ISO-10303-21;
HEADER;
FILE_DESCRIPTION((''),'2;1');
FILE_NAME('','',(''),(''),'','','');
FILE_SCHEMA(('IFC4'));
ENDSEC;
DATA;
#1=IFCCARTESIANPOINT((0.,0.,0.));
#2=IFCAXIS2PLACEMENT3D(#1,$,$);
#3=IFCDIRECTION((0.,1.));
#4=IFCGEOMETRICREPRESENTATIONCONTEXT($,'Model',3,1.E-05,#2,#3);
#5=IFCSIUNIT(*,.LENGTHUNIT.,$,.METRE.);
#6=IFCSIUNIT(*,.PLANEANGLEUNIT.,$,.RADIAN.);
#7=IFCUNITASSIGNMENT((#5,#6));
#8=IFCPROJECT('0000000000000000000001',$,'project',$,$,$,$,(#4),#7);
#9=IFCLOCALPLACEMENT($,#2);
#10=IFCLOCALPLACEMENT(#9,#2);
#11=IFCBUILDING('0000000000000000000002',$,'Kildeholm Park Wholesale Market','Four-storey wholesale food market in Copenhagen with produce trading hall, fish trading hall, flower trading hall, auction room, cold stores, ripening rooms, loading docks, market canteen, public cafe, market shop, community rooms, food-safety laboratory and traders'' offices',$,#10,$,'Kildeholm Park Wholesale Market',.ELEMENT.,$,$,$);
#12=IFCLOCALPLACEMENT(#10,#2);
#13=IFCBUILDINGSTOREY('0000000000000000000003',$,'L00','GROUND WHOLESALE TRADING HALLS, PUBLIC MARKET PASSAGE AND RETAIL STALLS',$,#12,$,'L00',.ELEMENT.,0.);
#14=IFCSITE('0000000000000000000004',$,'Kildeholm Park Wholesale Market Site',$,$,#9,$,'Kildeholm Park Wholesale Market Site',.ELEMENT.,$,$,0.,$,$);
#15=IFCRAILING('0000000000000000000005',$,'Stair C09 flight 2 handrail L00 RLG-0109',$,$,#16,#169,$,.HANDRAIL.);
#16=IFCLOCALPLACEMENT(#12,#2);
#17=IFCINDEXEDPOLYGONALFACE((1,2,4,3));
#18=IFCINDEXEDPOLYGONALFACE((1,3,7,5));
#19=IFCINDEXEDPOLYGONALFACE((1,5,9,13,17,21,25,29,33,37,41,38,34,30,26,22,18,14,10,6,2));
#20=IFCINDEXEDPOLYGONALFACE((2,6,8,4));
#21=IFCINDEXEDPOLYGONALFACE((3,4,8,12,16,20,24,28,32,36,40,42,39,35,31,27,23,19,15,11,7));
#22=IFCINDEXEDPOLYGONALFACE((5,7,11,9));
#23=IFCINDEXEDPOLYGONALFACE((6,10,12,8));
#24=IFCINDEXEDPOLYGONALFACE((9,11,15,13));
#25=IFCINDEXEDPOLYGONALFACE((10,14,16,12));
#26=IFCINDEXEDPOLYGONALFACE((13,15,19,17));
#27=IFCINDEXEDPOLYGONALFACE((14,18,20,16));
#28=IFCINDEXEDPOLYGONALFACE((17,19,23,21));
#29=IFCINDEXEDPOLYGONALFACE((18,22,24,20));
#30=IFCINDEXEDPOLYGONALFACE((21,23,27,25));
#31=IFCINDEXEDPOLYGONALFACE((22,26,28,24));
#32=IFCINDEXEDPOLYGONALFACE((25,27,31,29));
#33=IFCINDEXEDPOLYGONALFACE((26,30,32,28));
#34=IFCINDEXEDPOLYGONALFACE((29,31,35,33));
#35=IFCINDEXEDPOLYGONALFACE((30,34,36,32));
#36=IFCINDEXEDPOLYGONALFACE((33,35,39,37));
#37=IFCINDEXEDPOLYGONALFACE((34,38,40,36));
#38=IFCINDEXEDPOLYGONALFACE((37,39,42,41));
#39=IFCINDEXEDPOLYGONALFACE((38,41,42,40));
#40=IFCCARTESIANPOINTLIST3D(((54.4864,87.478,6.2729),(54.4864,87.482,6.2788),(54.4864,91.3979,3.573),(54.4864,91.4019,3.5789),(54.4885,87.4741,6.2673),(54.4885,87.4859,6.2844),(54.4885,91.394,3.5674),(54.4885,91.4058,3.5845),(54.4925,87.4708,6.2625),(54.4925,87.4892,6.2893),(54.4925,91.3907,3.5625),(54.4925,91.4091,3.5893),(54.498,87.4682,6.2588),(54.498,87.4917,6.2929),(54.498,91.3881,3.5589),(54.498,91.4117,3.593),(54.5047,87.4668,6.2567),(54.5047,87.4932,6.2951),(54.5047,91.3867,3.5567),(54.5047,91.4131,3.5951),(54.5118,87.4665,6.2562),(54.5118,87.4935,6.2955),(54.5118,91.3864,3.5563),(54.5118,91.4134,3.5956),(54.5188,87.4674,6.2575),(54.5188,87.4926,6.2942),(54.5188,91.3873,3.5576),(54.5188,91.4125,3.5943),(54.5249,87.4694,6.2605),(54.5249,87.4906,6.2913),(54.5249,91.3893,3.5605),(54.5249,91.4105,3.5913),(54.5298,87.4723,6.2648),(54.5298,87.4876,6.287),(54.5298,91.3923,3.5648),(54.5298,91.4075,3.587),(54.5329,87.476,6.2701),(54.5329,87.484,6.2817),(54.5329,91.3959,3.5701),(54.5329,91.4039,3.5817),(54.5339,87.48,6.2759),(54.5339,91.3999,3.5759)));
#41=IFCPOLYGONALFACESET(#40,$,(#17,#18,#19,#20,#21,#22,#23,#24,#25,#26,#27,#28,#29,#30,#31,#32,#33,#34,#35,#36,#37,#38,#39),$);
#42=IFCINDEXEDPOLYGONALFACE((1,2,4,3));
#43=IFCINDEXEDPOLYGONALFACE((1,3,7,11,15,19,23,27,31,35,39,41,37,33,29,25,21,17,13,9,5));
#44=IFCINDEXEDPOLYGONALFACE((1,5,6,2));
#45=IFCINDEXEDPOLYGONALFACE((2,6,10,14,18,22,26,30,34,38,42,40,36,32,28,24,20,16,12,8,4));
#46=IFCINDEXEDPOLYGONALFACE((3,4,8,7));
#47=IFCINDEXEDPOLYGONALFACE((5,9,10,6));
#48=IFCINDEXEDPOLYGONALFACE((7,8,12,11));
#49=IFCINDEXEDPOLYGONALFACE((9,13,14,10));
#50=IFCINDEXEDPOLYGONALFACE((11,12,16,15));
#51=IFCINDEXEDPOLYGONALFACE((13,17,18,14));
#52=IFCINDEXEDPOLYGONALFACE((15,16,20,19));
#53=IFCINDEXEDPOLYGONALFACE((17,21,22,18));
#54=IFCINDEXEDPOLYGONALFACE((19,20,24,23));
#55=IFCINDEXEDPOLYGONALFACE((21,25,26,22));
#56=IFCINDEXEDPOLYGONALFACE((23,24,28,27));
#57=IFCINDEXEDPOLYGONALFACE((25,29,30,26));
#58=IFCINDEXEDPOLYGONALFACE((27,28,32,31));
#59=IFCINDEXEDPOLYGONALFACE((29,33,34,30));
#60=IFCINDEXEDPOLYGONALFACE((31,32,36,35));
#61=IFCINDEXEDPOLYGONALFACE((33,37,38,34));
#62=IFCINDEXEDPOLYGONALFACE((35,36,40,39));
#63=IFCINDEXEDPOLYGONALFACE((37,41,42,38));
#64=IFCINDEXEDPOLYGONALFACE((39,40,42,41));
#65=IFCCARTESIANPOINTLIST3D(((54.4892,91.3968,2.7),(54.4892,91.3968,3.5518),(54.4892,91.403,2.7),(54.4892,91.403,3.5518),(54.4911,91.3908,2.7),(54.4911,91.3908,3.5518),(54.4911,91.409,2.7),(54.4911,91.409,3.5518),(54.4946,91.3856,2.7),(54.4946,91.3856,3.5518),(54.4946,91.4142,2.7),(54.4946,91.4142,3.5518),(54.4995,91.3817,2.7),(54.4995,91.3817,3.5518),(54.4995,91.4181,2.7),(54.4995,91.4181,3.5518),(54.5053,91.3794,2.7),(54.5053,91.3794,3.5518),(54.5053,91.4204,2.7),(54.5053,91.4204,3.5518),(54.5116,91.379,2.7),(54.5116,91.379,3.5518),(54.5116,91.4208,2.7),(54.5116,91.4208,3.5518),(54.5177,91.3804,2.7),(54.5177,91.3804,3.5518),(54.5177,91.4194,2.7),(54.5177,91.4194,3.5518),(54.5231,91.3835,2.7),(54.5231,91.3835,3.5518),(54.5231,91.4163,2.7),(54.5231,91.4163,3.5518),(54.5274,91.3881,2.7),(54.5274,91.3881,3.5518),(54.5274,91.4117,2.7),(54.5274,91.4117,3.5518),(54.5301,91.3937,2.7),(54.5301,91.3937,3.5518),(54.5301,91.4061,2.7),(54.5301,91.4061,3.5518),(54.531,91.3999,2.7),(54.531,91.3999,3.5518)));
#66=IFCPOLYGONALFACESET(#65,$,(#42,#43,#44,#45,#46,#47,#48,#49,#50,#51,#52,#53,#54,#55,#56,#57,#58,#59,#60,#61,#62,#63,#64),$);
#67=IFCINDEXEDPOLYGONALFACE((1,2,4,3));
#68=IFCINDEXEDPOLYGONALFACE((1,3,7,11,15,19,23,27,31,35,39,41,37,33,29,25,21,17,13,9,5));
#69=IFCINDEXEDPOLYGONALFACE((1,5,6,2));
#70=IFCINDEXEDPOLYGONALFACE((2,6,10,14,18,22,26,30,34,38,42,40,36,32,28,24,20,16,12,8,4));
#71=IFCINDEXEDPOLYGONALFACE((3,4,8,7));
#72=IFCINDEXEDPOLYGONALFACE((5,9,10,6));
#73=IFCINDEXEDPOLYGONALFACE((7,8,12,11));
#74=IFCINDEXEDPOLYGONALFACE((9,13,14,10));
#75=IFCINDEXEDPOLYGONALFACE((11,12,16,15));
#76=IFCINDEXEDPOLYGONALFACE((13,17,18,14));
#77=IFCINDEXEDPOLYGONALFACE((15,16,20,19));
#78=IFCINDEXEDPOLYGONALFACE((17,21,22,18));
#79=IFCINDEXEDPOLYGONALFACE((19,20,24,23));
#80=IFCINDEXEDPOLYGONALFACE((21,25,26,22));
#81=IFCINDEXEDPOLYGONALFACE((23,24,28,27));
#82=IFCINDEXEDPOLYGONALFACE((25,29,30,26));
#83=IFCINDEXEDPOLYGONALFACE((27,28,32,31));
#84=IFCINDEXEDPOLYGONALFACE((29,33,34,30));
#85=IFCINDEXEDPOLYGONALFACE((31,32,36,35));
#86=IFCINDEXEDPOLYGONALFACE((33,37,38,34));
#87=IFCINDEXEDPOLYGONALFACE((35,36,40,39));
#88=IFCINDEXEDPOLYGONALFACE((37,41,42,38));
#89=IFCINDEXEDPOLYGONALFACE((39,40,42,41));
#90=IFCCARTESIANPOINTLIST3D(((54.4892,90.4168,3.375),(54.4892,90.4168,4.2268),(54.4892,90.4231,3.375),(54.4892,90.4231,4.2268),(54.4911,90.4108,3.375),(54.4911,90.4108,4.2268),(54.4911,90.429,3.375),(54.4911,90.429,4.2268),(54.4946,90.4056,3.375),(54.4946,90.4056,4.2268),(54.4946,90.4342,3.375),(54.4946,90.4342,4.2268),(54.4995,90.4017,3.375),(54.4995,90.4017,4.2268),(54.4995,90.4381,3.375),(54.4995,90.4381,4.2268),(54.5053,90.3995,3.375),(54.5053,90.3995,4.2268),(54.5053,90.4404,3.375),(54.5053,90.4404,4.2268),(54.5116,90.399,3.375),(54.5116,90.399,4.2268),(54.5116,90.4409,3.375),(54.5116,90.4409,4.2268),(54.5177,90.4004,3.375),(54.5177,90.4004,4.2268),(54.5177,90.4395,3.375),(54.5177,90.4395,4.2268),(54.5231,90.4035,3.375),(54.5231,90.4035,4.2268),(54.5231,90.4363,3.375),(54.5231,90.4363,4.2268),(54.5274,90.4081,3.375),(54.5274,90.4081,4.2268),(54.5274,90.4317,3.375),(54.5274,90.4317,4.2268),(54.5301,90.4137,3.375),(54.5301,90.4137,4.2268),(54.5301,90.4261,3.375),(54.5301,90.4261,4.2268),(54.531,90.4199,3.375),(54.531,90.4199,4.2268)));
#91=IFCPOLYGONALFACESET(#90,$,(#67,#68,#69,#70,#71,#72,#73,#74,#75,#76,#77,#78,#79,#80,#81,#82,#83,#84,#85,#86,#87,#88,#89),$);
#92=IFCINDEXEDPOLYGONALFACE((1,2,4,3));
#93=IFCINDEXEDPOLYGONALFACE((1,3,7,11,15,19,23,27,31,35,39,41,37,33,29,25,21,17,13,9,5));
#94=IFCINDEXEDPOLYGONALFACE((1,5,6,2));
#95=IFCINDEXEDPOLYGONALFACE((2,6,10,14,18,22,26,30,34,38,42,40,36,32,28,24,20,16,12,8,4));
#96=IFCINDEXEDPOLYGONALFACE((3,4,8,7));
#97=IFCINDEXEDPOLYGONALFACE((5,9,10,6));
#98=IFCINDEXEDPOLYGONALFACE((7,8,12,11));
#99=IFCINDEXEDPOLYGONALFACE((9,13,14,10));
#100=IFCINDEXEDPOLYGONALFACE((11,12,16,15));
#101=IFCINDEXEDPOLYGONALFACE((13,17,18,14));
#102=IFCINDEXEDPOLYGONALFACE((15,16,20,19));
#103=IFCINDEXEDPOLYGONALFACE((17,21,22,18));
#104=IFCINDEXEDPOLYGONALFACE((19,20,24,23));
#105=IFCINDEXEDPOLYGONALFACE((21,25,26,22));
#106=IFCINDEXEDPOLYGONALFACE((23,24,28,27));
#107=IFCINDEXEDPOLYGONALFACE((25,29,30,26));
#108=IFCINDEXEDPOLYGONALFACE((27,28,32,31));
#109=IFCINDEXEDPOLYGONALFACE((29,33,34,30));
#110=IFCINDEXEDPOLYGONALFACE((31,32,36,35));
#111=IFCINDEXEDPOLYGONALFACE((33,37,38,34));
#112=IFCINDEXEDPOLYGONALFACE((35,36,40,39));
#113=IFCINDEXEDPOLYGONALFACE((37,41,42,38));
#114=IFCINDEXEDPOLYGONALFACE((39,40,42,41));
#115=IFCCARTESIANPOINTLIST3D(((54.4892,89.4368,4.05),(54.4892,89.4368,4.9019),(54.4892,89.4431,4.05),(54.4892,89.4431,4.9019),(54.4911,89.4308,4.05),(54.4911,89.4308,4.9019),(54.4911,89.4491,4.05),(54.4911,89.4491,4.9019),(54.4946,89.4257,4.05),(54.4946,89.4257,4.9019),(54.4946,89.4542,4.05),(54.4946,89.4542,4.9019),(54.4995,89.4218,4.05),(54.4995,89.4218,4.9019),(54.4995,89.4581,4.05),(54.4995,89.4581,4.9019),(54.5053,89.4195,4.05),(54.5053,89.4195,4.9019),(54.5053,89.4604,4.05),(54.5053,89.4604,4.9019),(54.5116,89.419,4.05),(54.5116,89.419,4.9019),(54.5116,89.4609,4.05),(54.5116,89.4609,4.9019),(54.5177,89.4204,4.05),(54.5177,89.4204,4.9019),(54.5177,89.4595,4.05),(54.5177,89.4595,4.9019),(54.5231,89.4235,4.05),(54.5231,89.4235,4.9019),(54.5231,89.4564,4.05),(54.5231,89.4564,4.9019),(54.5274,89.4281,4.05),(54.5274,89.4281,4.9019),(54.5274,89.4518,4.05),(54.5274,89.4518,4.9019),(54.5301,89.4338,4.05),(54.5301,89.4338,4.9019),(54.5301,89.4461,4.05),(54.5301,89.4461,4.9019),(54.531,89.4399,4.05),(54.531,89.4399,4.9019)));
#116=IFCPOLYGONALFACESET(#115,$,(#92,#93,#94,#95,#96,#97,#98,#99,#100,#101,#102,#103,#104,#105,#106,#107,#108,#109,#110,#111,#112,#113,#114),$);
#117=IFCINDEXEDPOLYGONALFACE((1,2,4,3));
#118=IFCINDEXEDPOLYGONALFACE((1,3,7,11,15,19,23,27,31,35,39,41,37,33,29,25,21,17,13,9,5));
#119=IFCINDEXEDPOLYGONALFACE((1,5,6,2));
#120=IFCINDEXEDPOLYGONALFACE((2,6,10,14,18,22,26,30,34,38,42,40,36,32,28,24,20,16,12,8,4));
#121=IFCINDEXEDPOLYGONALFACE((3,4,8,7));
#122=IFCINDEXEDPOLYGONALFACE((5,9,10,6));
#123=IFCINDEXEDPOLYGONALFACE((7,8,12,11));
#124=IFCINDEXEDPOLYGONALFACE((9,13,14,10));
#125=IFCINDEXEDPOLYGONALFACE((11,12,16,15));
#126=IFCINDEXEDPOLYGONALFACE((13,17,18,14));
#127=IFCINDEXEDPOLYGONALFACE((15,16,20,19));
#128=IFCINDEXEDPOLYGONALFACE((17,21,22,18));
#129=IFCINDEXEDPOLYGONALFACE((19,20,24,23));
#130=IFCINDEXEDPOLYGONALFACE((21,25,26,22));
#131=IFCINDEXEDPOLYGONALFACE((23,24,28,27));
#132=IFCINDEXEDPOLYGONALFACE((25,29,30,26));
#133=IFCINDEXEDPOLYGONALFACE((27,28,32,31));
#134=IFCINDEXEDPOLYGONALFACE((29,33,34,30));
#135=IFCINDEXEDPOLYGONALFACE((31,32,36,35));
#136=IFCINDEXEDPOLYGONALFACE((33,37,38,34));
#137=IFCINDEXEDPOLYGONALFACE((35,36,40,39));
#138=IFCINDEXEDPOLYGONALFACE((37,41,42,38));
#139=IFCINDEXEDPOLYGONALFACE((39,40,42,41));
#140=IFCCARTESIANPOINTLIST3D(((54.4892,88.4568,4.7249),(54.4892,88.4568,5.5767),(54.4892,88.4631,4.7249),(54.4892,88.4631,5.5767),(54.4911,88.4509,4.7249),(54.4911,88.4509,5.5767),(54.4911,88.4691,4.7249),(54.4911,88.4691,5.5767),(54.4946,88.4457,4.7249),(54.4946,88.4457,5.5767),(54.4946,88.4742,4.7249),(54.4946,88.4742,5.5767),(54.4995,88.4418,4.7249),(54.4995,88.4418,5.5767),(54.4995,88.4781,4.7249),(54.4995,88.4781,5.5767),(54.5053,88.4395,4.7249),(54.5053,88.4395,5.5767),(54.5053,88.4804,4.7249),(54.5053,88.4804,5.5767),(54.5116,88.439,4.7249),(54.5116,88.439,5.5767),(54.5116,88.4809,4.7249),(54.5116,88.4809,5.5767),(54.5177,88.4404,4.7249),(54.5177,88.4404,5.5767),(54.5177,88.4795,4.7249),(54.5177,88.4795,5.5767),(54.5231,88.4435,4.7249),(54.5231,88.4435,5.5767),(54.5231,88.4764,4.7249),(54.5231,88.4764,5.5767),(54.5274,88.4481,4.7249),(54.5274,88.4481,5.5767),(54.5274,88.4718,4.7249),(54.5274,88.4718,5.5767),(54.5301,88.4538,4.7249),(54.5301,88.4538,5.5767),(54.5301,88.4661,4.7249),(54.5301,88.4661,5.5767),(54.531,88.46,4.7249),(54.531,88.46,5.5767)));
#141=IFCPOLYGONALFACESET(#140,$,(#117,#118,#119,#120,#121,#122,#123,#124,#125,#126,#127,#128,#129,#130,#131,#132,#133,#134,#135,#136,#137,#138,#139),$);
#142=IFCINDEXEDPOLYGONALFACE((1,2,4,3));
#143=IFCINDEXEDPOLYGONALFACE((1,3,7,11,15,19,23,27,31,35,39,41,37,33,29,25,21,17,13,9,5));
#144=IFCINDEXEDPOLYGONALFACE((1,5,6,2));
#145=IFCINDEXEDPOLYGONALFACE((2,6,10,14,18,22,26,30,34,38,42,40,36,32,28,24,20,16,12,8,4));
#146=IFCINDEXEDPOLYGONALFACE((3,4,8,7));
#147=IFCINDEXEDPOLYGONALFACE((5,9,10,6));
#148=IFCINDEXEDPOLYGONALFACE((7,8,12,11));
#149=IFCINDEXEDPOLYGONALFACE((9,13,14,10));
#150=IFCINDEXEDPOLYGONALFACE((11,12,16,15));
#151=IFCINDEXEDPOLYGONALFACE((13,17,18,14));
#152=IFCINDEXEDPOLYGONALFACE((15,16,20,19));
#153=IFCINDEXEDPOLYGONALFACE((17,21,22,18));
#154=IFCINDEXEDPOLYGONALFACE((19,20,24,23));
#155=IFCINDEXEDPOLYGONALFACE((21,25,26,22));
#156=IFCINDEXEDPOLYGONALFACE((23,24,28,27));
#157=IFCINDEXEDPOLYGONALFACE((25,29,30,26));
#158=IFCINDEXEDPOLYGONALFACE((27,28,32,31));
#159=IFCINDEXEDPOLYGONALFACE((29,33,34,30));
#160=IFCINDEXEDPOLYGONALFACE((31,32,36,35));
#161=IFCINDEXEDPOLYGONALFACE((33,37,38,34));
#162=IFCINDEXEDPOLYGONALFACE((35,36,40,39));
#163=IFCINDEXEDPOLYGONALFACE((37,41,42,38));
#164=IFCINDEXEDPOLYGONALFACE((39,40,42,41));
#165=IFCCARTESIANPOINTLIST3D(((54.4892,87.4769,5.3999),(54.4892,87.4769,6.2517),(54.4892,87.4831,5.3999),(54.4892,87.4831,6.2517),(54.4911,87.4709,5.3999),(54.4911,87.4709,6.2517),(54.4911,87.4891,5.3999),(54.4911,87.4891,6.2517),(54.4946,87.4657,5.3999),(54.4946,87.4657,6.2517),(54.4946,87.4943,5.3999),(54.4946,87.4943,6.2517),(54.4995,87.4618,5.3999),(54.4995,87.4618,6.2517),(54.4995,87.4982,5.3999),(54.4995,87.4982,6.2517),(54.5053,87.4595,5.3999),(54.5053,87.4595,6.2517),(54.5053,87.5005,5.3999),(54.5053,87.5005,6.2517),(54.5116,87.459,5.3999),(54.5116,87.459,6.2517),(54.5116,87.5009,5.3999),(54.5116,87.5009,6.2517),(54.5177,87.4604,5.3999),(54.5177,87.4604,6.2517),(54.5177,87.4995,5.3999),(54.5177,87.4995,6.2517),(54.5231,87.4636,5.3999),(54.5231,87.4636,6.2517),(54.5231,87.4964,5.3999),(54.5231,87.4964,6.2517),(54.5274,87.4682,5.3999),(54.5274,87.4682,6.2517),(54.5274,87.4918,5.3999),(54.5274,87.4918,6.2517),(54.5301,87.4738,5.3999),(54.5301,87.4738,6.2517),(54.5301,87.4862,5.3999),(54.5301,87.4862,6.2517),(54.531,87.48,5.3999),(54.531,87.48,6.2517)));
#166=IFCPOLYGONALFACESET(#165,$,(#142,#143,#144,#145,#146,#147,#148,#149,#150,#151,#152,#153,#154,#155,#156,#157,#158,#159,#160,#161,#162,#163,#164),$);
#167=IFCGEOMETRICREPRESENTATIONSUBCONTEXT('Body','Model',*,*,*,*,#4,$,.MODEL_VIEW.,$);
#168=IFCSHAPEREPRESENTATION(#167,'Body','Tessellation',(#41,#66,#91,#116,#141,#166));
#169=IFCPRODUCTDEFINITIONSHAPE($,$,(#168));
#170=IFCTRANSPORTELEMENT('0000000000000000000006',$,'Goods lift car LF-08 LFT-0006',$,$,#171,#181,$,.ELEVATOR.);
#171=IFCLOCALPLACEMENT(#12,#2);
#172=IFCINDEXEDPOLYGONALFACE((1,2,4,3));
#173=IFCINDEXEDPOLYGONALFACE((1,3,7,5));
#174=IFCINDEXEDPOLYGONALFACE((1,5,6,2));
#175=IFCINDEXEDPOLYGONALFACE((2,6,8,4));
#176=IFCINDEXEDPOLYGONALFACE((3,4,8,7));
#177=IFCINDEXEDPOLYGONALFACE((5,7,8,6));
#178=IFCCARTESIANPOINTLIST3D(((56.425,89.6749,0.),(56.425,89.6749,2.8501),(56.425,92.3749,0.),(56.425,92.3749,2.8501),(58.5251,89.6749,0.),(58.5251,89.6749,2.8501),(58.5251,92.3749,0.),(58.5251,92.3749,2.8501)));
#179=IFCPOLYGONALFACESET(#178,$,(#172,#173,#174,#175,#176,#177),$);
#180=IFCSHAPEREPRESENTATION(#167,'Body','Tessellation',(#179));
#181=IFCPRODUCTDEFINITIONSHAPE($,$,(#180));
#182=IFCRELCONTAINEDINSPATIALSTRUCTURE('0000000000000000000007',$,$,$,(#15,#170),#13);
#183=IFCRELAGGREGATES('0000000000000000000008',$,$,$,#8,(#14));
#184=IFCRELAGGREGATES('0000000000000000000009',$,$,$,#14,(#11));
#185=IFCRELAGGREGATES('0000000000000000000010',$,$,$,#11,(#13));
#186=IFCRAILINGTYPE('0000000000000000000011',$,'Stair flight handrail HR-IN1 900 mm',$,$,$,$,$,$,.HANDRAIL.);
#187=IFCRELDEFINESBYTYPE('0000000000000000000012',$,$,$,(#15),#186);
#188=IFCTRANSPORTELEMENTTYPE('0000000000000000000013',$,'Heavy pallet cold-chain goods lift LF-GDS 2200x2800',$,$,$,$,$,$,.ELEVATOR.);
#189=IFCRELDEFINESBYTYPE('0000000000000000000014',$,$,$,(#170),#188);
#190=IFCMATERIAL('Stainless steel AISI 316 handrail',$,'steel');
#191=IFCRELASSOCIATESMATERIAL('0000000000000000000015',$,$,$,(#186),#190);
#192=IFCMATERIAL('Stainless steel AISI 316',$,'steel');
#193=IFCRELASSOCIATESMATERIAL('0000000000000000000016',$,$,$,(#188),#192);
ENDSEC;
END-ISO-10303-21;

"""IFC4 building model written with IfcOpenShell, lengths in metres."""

from ifc_helpers import new_model, si_unit, direction, frame, origin, origin_2d, place, context, subcontext, project, spatial, rectangle, circle, extrude, material, type_object, element, save


model = new_model("IFC4")

# Units and contexts
model_context = context("Model", 3, precision=1e-05, world=origin(), true_north=direction((0.0, 1.0)))
body_context = subcontext(model_context, "Body", "Model", "MODEL_VIEW")
ifc_project = project(units=[si_unit("LENGTHUNIT", "METRE"), si_unit("PLANEANGLEUNIT", "RADIAN")], contexts=[model_context])

# Site, building, storey
site_placement = place(None, origin())
site = spatial("IfcSite", under=ifc_project, at=site_placement, Name="Kildeholm Park Wholesale Market Site", LongName="Kildeholm Park Wholesale Market Site", CompositionType="ELEMENT", RefElevation=0.0)
building_placement = place(site_placement, origin())
building = spatial("IfcBuilding", under=site, at=building_placement, Name="Kildeholm Park Wholesale Market", Description="Four-storey wholesale food market in Copenhagen with produce trading hall, fish trading hall, flower trading hall, auction room, cold stores, ripening rooms, loading docks, market canteen, public cafe, market shop, community rooms, food-safety laboratory and traders' offices", LongName="Kildeholm Park Wholesale Market", CompositionType="ELEMENT")
storey_placement = place(building_placement, origin())
storey = spatial("IfcBuildingStorey", under=building, at=storey_placement, Name="L00", Description="GROUND WHOLESALE TRADING HALLS, PUBLIC MARKET PASSAGE AND RETAIL STALLS", LongName="L00", CompositionType="ELEMENT", Elevation=0.0)

# Railing
ifc_material_1 = material(Name="Stainless steel AISI 316 handrail", Category="steel")
railing_type_1 = type_object("IfcRailingType", Name="Stair flight handrail HR-IN1 900 mm", PredefinedType="HANDRAIL", material=ifc_material_1)
railing_1_placement = place(storey_placement, frame((54.51, 91.3999, 2.7)))
element("IfcRailing", 1, at=railing_1_placement, inside=storey, type_object=railing_type_1, Name="Stair C09 flight 2 handrail L00 RLG-0109", PredefinedType="HANDRAIL", context=body_context, shape_type="SweptSolid", body=[
    extrude(circle(Radius=0.0239, at=origin_2d()), frame((0.0, 0.0, 0.876), z_axis=(0.0, -0.823551, 0.567243), x_axis=(1.0, 0.0, 0.0)), (0.0, 0.0, 1.0), 4.7598),
    extrude(circle(Radius=0.021, at=origin_2d()), origin(), (0.0, 0.0, 1.0), 0.8518),
    extrude(circle(Radius=0.021, at=origin_2d()), frame((0.0, -0.98, 0.675)), (0.0, 0.0, 1.0), 0.8518),
    extrude(circle(Radius=0.021, at=origin_2d()), frame((0.0, -1.96, 1.3501)), (0.0, 0.0, 1.0), 0.8518),
    extrude(circle(Radius=0.021, at=origin_2d()), frame((0.0, -2.9399, 2.0249)), (0.0, 0.0, 1.0), 0.8518),
    extrude(circle(Radius=0.021, at=origin_2d()), frame((0.0, -3.9199, 2.7)), (0.0, 0.0, 1.0), 0.8518),
])

# Transport element
ifc_material_2 = material(Name="Stainless steel AISI 316", Category="steel")
transport_element_type = type_object("IfcTransportElementType", Name="Heavy pallet cold-chain goods lift LF-GDS 2200x2800", PredefinedType="ELEVATOR", material=ifc_material_2)
transport_element_placement = place(storey_placement, frame((57.4751, 91.0249, 0.0), z_axis=(0.0, 0.0, 1.0), x_axis=(1.0, 0.0, 0.0)))
element("IfcTransportElement", 2, at=transport_element_placement, inside=storey, type_object=transport_element_type, Name="Goods lift car LF-08 LFT-0006", PredefinedType="ELEVATOR", context=body_context, shape_type="SweptSolid", body=[
    extrude(rectangle(XDim=2.1001, YDim=2.7, at=origin_2d()), origin(), (0.0, 0.0, 1.0), 2.8501),
])

save(model, "model.ifc")
